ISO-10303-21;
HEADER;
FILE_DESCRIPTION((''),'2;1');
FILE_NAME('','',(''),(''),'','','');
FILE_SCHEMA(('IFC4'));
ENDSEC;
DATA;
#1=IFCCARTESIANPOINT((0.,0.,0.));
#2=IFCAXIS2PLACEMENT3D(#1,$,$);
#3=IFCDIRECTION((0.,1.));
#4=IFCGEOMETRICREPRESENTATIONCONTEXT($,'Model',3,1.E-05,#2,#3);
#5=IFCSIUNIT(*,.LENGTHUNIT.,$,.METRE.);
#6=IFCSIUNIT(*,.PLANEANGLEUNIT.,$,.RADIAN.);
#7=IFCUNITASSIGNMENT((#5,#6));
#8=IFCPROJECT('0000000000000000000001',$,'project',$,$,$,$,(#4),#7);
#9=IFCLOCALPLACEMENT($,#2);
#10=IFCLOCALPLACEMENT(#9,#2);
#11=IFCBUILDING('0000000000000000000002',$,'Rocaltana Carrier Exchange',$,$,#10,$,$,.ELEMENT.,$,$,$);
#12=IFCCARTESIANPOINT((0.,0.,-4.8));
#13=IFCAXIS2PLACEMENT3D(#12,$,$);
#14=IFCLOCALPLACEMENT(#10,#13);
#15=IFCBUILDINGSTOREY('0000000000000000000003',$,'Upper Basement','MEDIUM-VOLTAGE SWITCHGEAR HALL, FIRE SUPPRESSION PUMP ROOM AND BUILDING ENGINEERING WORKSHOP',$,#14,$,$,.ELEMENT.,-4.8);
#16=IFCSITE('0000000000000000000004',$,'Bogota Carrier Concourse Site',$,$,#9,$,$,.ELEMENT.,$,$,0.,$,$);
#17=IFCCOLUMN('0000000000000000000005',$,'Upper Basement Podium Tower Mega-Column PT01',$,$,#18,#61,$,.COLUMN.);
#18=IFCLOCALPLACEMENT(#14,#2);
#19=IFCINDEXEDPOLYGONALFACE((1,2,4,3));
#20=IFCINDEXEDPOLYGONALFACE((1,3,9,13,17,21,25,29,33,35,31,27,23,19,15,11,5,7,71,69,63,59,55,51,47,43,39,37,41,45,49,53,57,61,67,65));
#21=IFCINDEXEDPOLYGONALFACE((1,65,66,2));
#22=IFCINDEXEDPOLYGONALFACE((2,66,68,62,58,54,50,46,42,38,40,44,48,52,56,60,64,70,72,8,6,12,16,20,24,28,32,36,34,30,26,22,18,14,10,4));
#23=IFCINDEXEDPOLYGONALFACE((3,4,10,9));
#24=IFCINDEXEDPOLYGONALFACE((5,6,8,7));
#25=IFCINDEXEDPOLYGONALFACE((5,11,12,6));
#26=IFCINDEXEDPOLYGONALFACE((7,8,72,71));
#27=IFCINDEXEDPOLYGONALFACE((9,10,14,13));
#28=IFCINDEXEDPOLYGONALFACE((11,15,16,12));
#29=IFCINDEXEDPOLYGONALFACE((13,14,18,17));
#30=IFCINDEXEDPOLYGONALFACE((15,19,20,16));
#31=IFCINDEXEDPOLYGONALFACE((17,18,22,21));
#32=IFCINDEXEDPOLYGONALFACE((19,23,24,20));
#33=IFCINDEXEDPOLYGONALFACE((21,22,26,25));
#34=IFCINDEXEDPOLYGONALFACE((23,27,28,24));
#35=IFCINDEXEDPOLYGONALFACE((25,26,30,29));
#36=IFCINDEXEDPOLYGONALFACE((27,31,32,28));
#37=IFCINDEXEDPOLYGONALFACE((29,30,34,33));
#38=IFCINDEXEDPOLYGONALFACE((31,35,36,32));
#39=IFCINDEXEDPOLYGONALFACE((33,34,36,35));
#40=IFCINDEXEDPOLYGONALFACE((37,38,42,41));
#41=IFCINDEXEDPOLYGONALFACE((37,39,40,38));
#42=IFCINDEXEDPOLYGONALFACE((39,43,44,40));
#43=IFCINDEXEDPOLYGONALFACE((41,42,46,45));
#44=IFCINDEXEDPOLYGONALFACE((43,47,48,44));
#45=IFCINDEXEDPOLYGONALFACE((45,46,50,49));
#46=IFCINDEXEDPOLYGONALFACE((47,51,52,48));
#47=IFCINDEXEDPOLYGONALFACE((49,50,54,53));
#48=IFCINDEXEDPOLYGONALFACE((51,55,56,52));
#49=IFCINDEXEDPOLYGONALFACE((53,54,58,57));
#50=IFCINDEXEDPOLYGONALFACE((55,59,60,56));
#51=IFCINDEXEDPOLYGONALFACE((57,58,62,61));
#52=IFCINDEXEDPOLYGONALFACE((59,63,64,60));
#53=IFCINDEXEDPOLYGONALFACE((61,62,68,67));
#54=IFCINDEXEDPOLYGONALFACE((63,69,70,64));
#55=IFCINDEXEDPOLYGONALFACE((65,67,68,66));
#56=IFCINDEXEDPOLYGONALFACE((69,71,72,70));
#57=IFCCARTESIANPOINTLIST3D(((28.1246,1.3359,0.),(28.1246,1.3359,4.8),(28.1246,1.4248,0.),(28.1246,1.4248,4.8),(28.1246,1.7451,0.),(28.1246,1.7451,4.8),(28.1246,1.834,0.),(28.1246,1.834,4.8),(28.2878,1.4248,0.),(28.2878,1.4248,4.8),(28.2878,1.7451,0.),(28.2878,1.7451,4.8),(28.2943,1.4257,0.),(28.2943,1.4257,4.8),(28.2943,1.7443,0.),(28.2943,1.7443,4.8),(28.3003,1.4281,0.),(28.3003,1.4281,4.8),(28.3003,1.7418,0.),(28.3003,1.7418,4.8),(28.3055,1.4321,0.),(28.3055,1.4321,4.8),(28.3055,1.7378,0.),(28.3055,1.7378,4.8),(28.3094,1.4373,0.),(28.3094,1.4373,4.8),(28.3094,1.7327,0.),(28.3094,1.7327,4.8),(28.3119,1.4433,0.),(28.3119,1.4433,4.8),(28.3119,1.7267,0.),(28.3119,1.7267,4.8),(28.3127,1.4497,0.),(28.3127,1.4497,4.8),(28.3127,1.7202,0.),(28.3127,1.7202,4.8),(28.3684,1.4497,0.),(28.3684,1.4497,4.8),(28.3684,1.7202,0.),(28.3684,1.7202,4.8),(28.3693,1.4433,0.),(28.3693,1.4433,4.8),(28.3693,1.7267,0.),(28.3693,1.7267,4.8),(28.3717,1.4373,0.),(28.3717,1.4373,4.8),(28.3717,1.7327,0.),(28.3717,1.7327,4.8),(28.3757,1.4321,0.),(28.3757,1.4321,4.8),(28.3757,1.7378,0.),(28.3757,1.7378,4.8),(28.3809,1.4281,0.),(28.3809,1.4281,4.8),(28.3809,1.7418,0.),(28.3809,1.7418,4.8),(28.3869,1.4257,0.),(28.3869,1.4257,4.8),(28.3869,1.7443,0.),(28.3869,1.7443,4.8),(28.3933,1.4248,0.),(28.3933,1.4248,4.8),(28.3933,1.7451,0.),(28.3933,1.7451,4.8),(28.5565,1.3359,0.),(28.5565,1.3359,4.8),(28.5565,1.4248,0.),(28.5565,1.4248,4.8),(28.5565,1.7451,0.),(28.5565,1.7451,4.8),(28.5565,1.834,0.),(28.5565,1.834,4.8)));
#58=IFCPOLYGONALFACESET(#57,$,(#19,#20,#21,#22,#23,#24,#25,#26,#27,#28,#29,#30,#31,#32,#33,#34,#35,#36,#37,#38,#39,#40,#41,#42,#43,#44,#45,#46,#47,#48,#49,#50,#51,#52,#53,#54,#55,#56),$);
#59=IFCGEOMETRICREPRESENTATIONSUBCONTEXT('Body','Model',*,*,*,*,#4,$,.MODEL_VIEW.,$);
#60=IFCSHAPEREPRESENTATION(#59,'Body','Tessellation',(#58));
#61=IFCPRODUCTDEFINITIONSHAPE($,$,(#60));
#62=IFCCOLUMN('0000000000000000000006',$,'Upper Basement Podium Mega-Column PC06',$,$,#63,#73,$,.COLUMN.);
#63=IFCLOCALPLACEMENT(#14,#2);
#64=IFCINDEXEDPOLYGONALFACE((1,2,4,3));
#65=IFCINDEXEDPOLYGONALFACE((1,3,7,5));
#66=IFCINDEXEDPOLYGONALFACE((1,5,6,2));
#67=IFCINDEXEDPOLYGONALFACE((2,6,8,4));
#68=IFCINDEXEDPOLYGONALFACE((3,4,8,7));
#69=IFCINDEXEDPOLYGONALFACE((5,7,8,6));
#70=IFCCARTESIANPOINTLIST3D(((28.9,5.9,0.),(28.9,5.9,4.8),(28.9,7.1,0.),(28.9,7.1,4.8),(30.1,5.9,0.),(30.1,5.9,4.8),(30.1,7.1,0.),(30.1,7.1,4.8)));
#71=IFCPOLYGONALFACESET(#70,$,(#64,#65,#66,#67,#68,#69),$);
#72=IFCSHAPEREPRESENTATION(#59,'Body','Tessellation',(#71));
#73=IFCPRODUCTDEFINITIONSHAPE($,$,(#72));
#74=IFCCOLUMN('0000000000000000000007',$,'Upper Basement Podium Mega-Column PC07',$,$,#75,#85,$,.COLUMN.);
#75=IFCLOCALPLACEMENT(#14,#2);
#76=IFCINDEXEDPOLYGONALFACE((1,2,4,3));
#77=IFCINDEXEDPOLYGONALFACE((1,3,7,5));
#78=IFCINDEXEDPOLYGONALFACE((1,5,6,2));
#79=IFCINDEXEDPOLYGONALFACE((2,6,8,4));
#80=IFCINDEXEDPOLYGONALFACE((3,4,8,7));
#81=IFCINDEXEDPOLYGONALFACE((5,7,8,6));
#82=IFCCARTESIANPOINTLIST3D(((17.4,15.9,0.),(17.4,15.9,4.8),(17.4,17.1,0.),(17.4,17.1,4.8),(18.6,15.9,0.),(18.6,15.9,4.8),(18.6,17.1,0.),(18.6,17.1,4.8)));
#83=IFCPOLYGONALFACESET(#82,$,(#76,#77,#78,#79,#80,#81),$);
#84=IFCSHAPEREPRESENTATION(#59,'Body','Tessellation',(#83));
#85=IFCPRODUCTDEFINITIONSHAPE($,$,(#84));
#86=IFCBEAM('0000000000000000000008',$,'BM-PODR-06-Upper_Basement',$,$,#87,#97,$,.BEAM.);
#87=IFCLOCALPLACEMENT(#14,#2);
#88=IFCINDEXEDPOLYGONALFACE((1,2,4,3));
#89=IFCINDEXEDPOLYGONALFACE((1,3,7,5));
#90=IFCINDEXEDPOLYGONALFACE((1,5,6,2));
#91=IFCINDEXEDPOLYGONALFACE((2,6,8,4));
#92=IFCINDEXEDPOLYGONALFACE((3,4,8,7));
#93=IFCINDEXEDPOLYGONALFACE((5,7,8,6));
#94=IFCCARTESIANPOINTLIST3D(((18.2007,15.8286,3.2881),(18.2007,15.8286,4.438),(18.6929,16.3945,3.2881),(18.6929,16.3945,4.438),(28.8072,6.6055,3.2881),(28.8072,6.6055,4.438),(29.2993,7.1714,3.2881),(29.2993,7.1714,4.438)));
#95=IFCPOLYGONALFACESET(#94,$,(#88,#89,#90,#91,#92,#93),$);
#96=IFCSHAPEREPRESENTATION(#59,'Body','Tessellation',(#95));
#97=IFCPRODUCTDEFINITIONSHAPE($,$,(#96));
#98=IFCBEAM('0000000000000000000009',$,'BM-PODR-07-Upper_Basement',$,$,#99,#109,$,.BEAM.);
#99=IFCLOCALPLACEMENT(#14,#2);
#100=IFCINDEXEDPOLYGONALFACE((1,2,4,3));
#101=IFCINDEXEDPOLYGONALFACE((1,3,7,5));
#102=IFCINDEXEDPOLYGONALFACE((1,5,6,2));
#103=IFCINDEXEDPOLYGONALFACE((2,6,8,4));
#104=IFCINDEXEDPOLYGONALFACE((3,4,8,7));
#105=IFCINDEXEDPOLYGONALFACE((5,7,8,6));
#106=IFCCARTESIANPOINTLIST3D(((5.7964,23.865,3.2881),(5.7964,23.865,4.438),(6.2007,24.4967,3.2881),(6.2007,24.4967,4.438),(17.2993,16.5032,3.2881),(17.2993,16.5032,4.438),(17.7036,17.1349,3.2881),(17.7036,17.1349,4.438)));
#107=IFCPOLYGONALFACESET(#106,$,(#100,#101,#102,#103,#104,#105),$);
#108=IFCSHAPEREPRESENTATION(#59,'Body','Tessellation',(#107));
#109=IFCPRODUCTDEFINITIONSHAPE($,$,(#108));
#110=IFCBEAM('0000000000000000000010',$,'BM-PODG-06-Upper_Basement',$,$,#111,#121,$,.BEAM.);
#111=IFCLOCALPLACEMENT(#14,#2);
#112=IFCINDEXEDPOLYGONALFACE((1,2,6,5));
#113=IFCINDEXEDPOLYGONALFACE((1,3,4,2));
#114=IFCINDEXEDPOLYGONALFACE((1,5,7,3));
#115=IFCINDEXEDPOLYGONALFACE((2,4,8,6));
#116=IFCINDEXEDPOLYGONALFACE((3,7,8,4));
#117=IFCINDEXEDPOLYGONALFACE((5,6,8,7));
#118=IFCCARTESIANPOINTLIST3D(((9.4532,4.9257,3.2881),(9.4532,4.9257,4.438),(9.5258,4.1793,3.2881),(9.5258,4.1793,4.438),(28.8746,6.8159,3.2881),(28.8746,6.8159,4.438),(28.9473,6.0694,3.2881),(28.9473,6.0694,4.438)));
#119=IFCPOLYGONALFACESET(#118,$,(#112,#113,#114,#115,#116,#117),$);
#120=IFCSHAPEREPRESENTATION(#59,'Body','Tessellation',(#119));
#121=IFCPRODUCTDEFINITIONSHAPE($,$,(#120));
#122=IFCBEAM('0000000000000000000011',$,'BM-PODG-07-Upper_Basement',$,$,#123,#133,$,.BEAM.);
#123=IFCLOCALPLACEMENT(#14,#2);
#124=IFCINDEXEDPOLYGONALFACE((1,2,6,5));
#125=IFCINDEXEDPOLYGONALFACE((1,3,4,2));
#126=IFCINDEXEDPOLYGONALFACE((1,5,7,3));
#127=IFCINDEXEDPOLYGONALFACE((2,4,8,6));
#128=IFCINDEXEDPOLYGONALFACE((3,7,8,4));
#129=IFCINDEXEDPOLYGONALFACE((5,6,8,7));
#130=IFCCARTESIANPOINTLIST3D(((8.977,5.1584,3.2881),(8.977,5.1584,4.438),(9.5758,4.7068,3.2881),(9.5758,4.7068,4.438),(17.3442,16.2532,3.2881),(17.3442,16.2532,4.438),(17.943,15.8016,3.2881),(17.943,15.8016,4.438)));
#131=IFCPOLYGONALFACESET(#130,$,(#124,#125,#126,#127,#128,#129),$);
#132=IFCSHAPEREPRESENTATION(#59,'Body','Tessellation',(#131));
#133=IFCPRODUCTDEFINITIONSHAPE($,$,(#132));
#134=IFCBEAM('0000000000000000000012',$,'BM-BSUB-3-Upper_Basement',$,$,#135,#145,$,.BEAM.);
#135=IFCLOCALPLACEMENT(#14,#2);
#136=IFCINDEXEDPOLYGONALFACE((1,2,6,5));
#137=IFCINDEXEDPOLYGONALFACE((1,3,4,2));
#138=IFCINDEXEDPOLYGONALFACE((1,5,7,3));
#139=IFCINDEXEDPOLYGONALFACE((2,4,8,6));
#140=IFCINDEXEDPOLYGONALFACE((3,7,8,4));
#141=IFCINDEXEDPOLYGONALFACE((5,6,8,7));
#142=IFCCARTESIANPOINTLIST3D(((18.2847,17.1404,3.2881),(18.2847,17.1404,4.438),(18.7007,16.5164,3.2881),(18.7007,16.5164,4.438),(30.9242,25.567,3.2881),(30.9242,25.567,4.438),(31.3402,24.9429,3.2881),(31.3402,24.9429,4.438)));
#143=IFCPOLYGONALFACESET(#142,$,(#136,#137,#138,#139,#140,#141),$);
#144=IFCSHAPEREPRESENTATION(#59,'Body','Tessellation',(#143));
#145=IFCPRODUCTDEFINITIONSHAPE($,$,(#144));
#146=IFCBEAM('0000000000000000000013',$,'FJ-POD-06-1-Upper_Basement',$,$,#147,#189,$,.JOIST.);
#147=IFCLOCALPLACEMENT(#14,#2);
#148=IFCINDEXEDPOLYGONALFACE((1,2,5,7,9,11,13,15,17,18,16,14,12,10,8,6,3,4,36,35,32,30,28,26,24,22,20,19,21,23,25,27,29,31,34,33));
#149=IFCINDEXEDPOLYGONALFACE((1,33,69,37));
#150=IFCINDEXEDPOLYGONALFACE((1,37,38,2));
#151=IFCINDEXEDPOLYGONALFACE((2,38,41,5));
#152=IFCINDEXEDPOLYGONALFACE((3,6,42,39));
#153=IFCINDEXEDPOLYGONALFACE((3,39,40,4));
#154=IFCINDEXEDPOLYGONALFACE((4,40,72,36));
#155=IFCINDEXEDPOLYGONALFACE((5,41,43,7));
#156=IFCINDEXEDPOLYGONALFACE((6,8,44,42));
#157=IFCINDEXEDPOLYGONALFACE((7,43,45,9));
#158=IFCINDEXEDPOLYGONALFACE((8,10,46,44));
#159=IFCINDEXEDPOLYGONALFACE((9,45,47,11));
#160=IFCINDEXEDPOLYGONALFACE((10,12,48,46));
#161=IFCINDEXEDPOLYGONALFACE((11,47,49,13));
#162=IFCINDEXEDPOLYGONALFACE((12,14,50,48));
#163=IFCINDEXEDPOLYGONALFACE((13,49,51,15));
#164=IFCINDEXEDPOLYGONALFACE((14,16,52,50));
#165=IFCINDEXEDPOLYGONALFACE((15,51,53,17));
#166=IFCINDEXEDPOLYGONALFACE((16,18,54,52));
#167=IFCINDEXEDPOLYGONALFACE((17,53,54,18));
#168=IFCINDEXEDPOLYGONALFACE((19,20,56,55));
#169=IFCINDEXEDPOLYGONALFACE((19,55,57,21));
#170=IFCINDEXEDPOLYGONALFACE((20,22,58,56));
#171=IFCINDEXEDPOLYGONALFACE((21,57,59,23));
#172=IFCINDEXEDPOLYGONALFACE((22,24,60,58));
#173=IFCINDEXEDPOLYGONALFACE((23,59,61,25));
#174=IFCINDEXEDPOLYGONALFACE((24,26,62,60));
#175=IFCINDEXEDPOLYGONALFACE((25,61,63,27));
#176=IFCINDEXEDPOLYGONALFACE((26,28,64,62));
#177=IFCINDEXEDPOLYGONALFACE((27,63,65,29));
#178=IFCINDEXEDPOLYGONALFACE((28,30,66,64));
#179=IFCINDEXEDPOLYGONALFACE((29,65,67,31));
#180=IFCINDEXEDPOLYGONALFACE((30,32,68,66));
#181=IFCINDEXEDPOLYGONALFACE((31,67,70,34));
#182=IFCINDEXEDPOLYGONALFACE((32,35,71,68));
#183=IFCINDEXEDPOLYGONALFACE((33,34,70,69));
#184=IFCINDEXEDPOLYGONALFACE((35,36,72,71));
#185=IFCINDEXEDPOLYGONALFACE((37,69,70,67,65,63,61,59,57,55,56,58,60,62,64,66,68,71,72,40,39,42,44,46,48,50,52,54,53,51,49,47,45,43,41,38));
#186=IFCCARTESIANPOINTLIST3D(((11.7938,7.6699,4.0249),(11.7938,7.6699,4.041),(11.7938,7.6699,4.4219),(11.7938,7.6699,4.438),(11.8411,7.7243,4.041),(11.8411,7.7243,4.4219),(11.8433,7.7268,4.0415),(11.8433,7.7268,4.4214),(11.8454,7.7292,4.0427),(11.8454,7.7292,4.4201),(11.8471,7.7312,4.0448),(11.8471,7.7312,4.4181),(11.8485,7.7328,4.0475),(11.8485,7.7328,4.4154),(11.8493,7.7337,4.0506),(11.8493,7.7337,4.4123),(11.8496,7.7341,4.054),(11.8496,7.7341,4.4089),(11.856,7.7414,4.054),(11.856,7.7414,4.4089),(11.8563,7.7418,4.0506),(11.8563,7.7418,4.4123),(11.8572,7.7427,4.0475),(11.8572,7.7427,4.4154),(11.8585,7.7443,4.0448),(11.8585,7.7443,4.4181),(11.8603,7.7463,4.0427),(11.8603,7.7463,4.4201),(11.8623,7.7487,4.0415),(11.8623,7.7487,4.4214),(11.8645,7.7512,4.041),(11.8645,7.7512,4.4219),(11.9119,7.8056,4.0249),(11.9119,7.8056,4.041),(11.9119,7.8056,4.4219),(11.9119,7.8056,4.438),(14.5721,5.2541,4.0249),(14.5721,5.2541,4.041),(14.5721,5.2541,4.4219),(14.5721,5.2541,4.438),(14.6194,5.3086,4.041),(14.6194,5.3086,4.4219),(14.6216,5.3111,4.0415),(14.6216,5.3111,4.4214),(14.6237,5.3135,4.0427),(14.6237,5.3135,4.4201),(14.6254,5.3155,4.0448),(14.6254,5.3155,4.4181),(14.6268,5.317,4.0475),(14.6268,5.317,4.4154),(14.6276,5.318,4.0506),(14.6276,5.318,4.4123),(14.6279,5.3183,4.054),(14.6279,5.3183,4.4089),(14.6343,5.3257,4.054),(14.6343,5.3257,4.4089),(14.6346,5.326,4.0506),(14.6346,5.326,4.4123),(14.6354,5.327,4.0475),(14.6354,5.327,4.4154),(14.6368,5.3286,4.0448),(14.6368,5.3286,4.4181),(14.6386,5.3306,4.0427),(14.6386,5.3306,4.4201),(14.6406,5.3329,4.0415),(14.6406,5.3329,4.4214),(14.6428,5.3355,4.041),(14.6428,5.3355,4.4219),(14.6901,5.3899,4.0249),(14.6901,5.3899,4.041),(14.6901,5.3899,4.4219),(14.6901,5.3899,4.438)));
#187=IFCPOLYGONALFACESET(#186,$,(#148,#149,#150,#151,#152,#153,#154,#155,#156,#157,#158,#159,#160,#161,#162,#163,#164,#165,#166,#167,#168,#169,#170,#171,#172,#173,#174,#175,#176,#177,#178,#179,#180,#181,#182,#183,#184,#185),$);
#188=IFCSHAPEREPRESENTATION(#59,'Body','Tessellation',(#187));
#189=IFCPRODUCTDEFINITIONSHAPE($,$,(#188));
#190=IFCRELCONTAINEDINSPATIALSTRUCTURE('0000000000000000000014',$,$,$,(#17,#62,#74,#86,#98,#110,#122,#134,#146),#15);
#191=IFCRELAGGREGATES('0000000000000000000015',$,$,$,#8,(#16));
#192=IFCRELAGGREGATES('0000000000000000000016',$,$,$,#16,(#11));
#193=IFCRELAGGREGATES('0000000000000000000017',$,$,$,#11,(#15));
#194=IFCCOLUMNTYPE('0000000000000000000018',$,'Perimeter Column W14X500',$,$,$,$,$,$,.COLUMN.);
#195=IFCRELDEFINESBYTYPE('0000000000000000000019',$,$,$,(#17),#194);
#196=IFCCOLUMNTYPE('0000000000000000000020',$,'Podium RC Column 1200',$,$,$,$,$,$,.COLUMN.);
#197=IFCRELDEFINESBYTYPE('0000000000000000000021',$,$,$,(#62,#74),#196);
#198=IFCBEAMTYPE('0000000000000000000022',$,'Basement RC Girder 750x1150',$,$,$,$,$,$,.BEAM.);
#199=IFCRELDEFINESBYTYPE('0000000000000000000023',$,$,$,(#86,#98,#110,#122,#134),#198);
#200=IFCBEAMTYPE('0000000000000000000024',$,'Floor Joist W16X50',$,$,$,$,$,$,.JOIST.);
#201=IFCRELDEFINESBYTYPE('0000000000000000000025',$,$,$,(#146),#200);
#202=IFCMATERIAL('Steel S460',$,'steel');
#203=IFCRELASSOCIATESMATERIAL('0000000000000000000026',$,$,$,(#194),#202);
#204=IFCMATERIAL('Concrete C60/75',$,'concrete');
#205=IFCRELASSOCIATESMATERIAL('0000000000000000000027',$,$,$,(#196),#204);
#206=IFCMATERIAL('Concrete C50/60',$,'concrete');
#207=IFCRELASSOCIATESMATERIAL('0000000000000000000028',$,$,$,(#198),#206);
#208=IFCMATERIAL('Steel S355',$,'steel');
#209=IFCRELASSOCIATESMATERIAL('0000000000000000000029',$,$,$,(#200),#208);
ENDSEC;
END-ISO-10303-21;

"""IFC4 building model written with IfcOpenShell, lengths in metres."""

from ifc_helpers import new_model, si_unit, direction, frame, origin, origin_2d, place, context, subcontext, project, spatial, rectangle, i_section, extrude, material, material_profile, profile_set, type_object, element, save


model = new_model("IFC4")

# Units and contexts
model_context = context("Model", 3, precision=1e-05, world=origin(), true_north=direction((0.0, 1.0)))
body_context = subcontext(model_context, "Body", "Model", "MODEL_VIEW")
ifc_project = project(units=[si_unit("LENGTHUNIT", "METRE"), si_unit("PLANEANGLEUNIT", "RADIAN")], contexts=[model_context])

# Site, building, storey
site_placement = place(None, origin())
site = spatial("IfcSite", under=ifc_project, at=site_placement, Name="Bogota Carrier Concourse Site", CompositionType="ELEMENT", RefElevation=0.0)
building_placement = place(site_placement, origin())
building = spatial("IfcBuilding", under=site, at=building_placement, Name="Rocaltana Carrier Exchange", CompositionType="ELEMENT")
storey_placement = place(building_placement, frame((0.0, 0.0, -4.8)))
storey = spatial("IfcBuildingStorey", under=building, at=storey_placement, Name="Upper Basement", Description="MEDIUM-VOLTAGE SWITCHGEAR HALL, FIRE SUPPRESSION PUMP ROOM AND BUILDING ENGINEERING WORKSHOP", CompositionType="ELEMENT", Elevation=-4.8)

# Columns
ifc_material_1 = material(Name="Steel S460", Category="steel")
ifc_material_profile_1 = material_profile(ifc_material_1, i_section(OverallWidth=0.4319, OverallDepth=0.498, WebThickness=0.0557, FlangeThickness=0.0889, FilletRadius=0.0249, at=origin_2d()), Name="W14X500")
ifc_profile_set_1 = profile_set([ifc_material_profile_1], Name="Steel S460")
column_type_1 = type_object("IfcColumnType", Name="Perimeter Column W14X500", PredefinedType="COLUMN", material=ifc_profile_set_1)
column_1_placement = place(storey_placement, frame((28.3406, 1.585, 0.0), z_axis=(0.0, 0.0, 1.0), x_axis=(1.0, 0.0, 0.0)))
element("IfcColumn", 1, at=column_1_placement, inside=storey, type_object=column_type_1, Name="Upper Basement Podium Tower Mega-Column PT01", PredefinedType="COLUMN", context=body_context, shape_type="SweptSolid", body=[
    extrude(i_section(OverallWidth=0.4319, OverallDepth=0.498, WebThickness=0.0557, FlangeThickness=0.0889, FilletRadius=0.0249, at=origin_2d()), origin(), (0.0, 0.0, 1.0), 4.8),
])
ifc_material_2 = material(Name="Concrete C60/75", Category="concrete")
ifc_material_profile_2 = material_profile(ifc_material_2, rectangle(XDim=1.2, YDim=1.2, at=origin_2d()), Name="RC-COL-1200X1200")
ifc_profile_set_2 = profile_set([ifc_material_profile_2], Name="Concrete C60/75")
column_type_2 = type_object("IfcColumnType", Name="Podium RC Column 1200", PredefinedType="COLUMN", material=ifc_profile_set_2)
for number, where, z_axis, x_axis, name in (
    (2, (29.5, 6.5, 0.0), (0.0, 0.0, 1.0), (1.0, 0.0, 0.0), "Upper Basement Podium Mega-Column PC06"),
    (3, (18.0, 16.5, 0.0), (0.0, 0.0, 1.0), (1.0, 0.0, 0.0), "Upper Basement Podium Mega-Column PC07"),
):
    element("IfcColumn", number, at=place(storey_placement, frame(where, z_axis=z_axis, x_axis=x_axis)), inside=storey, type_object=column_type_2, Name=name, PredefinedType="COLUMN", context=body_context, shape_type="SweptSolid", body=[
        extrude(rectangle(XDim=1.2, YDim=1.2, at=origin_2d()), origin(), (0.0, 0.0, 1.0), 4.8),
    ])

# Beams
ifc_material_3 = material(Name="Concrete C50/60", Category="concrete")
ifc_material_profile_3 = material_profile(ifc_material_3, rectangle(XDim=0.75, YDim=1.1499, at=origin_2d()), Name="RC-BM-750X1150")
ifc_profile_set_3 = profile_set([ifc_material_profile_3], Name="Concrete C50/60")
beam_type_1 = type_object("IfcBeamType", Name="Basement RC Girder 750x1150", PredefinedType="BEAM", material=ifc_profile_set_3)
beam_1_placement = place(storey_placement, frame((29.0532, 6.8884, 3.863), z_axis=(-0.7546, 0.656185, 0.0), x_axis=(-0.656185, -0.7546, 0.0)))
element("IfcBeam", 4, at=beam_1_placement, inside=storey, type_object=beam_type_1, Name="BM-PODR-06-Upper_Basement", PredefinedType="BEAM", context=body_context, shape_type="SweptSolid", body=[
    extrude(rectangle(XDim=0.75, YDim=1.1499, at=origin_2d()), origin(), (0.0, 0.0, 1.0), 14.0557),
])
beam_2_placement = place(storey_placement, frame((17.5015, 16.8191, 3.863), z_axis=(-0.842273, 0.539051, 0.0), x_axis=(-0.539051, -0.842273, 0.0)))
element("IfcBeam", 5, at=beam_2_placement, inside=storey, type_object=beam_type_1, Name="BM-PODR-07-Upper_Basement", PredefinedType="BEAM", context=body_context, shape_type="SweptSolid", body=[
    extrude(rectangle(XDim=0.75, YDim=1.1499, at=origin_2d()), origin(), (0.0, 0.0, 1.0), 13.657),
])
beam_3_placement = place(storey_placement, frame((9.4895, 4.5525, 3.863), z_axis=(0.995298, 0.096865, 0.0), x_axis=(-0.096865, 0.995298, 0.0)))
element("IfcBeam", 6, at=beam_3_placement, inside=storey, type_object=beam_type_1, Name="BM-PODG-06-Upper_Basement", PredefinedType="BEAM", context=body_context, shape_type="SweptSolid", body=[
    extrude(rectangle(XDim=0.75, YDim=1.1499, at=origin_2d()), origin(), (0.0, 0.0, 1.0), 19.5132),
])
beam_4_placement = place(storey_placement, frame((9.2764, 4.9326, 3.863), z_axis=(0.602123, 0.798403, 0.0), x_axis=(-0.798403, 0.602123, 0.0)))
element("IfcBeam", 7, at=beam_4_placement, inside=storey, type_object=beam_type_1, Name="BM-PODG-07-Upper_Basement", PredefinedType="BEAM", context=body_context, shape_type="SweptSolid", body=[
    extrude(rectangle(XDim=0.75, YDim=1.1499, at=origin_2d()), origin(), (0.0, 0.0, 1.0), 13.8962),
])
beam_5_placement = place(storey_placement, frame((18.4927, 16.8284, 3.863), z_axis=(0.832043, 0.554711, 0.0), x_axis=(-0.554711, 0.832043, 0.0)))
element("IfcBeam", 8, at=beam_5_placement, inside=storey, type_object=beam_type_1, Name="BM-BSUB-3-Upper_Basement", PredefinedType="BEAM", context=body_context, shape_type="SweptSolid", body=[
    extrude(rectangle(XDim=0.75, YDim=1.1499, at=origin_2d()), origin(), (0.0, 0.0, 1.0), 15.1909),
])
ifc_material_4 = material(Name="Steel S355", Category="steel")
ifc_material_profile_4 = material_profile(ifc_material_4, i_section(OverallWidth=0.1799, OverallDepth=0.4131, WebThickness=0.0098, FlangeThickness=0.0161, FilletRadius=0.0129, at=origin_2d()), Name="W16X50")
ifc_profile_set_4 = profile_set([ifc_material_profile_4], Name="Steel S355")
beam_type_2 = type_object("IfcBeamType", Name="Floor Joist W16X50", PredefinedType="JOIST", material=ifc_profile_set_4)
beam_6_placement = place(storey_placement, frame((14.6311, 5.322, 4.2314), z_axis=(-0.754627, 0.656154, 0.0), x_axis=(-0.656154, -0.754627, 0.0)))
element("IfcBeam", 9, at=beam_6_placement, inside=storey, type_object=beam_type_2, Name="FJ-POD-06-1-Upper_Basement", PredefinedType="JOIST", context=body_context, shape_type="SweptSolid", body=[
    extrude(i_section(OverallWidth=0.1799, OverallDepth=0.4131, WebThickness=0.0098, FlangeThickness=0.0161, FilletRadius=0.0129, at=origin_2d()), origin(), (0.0, 0.0, 1.0), 3.6816),
])

save(model, "model.ifc")
